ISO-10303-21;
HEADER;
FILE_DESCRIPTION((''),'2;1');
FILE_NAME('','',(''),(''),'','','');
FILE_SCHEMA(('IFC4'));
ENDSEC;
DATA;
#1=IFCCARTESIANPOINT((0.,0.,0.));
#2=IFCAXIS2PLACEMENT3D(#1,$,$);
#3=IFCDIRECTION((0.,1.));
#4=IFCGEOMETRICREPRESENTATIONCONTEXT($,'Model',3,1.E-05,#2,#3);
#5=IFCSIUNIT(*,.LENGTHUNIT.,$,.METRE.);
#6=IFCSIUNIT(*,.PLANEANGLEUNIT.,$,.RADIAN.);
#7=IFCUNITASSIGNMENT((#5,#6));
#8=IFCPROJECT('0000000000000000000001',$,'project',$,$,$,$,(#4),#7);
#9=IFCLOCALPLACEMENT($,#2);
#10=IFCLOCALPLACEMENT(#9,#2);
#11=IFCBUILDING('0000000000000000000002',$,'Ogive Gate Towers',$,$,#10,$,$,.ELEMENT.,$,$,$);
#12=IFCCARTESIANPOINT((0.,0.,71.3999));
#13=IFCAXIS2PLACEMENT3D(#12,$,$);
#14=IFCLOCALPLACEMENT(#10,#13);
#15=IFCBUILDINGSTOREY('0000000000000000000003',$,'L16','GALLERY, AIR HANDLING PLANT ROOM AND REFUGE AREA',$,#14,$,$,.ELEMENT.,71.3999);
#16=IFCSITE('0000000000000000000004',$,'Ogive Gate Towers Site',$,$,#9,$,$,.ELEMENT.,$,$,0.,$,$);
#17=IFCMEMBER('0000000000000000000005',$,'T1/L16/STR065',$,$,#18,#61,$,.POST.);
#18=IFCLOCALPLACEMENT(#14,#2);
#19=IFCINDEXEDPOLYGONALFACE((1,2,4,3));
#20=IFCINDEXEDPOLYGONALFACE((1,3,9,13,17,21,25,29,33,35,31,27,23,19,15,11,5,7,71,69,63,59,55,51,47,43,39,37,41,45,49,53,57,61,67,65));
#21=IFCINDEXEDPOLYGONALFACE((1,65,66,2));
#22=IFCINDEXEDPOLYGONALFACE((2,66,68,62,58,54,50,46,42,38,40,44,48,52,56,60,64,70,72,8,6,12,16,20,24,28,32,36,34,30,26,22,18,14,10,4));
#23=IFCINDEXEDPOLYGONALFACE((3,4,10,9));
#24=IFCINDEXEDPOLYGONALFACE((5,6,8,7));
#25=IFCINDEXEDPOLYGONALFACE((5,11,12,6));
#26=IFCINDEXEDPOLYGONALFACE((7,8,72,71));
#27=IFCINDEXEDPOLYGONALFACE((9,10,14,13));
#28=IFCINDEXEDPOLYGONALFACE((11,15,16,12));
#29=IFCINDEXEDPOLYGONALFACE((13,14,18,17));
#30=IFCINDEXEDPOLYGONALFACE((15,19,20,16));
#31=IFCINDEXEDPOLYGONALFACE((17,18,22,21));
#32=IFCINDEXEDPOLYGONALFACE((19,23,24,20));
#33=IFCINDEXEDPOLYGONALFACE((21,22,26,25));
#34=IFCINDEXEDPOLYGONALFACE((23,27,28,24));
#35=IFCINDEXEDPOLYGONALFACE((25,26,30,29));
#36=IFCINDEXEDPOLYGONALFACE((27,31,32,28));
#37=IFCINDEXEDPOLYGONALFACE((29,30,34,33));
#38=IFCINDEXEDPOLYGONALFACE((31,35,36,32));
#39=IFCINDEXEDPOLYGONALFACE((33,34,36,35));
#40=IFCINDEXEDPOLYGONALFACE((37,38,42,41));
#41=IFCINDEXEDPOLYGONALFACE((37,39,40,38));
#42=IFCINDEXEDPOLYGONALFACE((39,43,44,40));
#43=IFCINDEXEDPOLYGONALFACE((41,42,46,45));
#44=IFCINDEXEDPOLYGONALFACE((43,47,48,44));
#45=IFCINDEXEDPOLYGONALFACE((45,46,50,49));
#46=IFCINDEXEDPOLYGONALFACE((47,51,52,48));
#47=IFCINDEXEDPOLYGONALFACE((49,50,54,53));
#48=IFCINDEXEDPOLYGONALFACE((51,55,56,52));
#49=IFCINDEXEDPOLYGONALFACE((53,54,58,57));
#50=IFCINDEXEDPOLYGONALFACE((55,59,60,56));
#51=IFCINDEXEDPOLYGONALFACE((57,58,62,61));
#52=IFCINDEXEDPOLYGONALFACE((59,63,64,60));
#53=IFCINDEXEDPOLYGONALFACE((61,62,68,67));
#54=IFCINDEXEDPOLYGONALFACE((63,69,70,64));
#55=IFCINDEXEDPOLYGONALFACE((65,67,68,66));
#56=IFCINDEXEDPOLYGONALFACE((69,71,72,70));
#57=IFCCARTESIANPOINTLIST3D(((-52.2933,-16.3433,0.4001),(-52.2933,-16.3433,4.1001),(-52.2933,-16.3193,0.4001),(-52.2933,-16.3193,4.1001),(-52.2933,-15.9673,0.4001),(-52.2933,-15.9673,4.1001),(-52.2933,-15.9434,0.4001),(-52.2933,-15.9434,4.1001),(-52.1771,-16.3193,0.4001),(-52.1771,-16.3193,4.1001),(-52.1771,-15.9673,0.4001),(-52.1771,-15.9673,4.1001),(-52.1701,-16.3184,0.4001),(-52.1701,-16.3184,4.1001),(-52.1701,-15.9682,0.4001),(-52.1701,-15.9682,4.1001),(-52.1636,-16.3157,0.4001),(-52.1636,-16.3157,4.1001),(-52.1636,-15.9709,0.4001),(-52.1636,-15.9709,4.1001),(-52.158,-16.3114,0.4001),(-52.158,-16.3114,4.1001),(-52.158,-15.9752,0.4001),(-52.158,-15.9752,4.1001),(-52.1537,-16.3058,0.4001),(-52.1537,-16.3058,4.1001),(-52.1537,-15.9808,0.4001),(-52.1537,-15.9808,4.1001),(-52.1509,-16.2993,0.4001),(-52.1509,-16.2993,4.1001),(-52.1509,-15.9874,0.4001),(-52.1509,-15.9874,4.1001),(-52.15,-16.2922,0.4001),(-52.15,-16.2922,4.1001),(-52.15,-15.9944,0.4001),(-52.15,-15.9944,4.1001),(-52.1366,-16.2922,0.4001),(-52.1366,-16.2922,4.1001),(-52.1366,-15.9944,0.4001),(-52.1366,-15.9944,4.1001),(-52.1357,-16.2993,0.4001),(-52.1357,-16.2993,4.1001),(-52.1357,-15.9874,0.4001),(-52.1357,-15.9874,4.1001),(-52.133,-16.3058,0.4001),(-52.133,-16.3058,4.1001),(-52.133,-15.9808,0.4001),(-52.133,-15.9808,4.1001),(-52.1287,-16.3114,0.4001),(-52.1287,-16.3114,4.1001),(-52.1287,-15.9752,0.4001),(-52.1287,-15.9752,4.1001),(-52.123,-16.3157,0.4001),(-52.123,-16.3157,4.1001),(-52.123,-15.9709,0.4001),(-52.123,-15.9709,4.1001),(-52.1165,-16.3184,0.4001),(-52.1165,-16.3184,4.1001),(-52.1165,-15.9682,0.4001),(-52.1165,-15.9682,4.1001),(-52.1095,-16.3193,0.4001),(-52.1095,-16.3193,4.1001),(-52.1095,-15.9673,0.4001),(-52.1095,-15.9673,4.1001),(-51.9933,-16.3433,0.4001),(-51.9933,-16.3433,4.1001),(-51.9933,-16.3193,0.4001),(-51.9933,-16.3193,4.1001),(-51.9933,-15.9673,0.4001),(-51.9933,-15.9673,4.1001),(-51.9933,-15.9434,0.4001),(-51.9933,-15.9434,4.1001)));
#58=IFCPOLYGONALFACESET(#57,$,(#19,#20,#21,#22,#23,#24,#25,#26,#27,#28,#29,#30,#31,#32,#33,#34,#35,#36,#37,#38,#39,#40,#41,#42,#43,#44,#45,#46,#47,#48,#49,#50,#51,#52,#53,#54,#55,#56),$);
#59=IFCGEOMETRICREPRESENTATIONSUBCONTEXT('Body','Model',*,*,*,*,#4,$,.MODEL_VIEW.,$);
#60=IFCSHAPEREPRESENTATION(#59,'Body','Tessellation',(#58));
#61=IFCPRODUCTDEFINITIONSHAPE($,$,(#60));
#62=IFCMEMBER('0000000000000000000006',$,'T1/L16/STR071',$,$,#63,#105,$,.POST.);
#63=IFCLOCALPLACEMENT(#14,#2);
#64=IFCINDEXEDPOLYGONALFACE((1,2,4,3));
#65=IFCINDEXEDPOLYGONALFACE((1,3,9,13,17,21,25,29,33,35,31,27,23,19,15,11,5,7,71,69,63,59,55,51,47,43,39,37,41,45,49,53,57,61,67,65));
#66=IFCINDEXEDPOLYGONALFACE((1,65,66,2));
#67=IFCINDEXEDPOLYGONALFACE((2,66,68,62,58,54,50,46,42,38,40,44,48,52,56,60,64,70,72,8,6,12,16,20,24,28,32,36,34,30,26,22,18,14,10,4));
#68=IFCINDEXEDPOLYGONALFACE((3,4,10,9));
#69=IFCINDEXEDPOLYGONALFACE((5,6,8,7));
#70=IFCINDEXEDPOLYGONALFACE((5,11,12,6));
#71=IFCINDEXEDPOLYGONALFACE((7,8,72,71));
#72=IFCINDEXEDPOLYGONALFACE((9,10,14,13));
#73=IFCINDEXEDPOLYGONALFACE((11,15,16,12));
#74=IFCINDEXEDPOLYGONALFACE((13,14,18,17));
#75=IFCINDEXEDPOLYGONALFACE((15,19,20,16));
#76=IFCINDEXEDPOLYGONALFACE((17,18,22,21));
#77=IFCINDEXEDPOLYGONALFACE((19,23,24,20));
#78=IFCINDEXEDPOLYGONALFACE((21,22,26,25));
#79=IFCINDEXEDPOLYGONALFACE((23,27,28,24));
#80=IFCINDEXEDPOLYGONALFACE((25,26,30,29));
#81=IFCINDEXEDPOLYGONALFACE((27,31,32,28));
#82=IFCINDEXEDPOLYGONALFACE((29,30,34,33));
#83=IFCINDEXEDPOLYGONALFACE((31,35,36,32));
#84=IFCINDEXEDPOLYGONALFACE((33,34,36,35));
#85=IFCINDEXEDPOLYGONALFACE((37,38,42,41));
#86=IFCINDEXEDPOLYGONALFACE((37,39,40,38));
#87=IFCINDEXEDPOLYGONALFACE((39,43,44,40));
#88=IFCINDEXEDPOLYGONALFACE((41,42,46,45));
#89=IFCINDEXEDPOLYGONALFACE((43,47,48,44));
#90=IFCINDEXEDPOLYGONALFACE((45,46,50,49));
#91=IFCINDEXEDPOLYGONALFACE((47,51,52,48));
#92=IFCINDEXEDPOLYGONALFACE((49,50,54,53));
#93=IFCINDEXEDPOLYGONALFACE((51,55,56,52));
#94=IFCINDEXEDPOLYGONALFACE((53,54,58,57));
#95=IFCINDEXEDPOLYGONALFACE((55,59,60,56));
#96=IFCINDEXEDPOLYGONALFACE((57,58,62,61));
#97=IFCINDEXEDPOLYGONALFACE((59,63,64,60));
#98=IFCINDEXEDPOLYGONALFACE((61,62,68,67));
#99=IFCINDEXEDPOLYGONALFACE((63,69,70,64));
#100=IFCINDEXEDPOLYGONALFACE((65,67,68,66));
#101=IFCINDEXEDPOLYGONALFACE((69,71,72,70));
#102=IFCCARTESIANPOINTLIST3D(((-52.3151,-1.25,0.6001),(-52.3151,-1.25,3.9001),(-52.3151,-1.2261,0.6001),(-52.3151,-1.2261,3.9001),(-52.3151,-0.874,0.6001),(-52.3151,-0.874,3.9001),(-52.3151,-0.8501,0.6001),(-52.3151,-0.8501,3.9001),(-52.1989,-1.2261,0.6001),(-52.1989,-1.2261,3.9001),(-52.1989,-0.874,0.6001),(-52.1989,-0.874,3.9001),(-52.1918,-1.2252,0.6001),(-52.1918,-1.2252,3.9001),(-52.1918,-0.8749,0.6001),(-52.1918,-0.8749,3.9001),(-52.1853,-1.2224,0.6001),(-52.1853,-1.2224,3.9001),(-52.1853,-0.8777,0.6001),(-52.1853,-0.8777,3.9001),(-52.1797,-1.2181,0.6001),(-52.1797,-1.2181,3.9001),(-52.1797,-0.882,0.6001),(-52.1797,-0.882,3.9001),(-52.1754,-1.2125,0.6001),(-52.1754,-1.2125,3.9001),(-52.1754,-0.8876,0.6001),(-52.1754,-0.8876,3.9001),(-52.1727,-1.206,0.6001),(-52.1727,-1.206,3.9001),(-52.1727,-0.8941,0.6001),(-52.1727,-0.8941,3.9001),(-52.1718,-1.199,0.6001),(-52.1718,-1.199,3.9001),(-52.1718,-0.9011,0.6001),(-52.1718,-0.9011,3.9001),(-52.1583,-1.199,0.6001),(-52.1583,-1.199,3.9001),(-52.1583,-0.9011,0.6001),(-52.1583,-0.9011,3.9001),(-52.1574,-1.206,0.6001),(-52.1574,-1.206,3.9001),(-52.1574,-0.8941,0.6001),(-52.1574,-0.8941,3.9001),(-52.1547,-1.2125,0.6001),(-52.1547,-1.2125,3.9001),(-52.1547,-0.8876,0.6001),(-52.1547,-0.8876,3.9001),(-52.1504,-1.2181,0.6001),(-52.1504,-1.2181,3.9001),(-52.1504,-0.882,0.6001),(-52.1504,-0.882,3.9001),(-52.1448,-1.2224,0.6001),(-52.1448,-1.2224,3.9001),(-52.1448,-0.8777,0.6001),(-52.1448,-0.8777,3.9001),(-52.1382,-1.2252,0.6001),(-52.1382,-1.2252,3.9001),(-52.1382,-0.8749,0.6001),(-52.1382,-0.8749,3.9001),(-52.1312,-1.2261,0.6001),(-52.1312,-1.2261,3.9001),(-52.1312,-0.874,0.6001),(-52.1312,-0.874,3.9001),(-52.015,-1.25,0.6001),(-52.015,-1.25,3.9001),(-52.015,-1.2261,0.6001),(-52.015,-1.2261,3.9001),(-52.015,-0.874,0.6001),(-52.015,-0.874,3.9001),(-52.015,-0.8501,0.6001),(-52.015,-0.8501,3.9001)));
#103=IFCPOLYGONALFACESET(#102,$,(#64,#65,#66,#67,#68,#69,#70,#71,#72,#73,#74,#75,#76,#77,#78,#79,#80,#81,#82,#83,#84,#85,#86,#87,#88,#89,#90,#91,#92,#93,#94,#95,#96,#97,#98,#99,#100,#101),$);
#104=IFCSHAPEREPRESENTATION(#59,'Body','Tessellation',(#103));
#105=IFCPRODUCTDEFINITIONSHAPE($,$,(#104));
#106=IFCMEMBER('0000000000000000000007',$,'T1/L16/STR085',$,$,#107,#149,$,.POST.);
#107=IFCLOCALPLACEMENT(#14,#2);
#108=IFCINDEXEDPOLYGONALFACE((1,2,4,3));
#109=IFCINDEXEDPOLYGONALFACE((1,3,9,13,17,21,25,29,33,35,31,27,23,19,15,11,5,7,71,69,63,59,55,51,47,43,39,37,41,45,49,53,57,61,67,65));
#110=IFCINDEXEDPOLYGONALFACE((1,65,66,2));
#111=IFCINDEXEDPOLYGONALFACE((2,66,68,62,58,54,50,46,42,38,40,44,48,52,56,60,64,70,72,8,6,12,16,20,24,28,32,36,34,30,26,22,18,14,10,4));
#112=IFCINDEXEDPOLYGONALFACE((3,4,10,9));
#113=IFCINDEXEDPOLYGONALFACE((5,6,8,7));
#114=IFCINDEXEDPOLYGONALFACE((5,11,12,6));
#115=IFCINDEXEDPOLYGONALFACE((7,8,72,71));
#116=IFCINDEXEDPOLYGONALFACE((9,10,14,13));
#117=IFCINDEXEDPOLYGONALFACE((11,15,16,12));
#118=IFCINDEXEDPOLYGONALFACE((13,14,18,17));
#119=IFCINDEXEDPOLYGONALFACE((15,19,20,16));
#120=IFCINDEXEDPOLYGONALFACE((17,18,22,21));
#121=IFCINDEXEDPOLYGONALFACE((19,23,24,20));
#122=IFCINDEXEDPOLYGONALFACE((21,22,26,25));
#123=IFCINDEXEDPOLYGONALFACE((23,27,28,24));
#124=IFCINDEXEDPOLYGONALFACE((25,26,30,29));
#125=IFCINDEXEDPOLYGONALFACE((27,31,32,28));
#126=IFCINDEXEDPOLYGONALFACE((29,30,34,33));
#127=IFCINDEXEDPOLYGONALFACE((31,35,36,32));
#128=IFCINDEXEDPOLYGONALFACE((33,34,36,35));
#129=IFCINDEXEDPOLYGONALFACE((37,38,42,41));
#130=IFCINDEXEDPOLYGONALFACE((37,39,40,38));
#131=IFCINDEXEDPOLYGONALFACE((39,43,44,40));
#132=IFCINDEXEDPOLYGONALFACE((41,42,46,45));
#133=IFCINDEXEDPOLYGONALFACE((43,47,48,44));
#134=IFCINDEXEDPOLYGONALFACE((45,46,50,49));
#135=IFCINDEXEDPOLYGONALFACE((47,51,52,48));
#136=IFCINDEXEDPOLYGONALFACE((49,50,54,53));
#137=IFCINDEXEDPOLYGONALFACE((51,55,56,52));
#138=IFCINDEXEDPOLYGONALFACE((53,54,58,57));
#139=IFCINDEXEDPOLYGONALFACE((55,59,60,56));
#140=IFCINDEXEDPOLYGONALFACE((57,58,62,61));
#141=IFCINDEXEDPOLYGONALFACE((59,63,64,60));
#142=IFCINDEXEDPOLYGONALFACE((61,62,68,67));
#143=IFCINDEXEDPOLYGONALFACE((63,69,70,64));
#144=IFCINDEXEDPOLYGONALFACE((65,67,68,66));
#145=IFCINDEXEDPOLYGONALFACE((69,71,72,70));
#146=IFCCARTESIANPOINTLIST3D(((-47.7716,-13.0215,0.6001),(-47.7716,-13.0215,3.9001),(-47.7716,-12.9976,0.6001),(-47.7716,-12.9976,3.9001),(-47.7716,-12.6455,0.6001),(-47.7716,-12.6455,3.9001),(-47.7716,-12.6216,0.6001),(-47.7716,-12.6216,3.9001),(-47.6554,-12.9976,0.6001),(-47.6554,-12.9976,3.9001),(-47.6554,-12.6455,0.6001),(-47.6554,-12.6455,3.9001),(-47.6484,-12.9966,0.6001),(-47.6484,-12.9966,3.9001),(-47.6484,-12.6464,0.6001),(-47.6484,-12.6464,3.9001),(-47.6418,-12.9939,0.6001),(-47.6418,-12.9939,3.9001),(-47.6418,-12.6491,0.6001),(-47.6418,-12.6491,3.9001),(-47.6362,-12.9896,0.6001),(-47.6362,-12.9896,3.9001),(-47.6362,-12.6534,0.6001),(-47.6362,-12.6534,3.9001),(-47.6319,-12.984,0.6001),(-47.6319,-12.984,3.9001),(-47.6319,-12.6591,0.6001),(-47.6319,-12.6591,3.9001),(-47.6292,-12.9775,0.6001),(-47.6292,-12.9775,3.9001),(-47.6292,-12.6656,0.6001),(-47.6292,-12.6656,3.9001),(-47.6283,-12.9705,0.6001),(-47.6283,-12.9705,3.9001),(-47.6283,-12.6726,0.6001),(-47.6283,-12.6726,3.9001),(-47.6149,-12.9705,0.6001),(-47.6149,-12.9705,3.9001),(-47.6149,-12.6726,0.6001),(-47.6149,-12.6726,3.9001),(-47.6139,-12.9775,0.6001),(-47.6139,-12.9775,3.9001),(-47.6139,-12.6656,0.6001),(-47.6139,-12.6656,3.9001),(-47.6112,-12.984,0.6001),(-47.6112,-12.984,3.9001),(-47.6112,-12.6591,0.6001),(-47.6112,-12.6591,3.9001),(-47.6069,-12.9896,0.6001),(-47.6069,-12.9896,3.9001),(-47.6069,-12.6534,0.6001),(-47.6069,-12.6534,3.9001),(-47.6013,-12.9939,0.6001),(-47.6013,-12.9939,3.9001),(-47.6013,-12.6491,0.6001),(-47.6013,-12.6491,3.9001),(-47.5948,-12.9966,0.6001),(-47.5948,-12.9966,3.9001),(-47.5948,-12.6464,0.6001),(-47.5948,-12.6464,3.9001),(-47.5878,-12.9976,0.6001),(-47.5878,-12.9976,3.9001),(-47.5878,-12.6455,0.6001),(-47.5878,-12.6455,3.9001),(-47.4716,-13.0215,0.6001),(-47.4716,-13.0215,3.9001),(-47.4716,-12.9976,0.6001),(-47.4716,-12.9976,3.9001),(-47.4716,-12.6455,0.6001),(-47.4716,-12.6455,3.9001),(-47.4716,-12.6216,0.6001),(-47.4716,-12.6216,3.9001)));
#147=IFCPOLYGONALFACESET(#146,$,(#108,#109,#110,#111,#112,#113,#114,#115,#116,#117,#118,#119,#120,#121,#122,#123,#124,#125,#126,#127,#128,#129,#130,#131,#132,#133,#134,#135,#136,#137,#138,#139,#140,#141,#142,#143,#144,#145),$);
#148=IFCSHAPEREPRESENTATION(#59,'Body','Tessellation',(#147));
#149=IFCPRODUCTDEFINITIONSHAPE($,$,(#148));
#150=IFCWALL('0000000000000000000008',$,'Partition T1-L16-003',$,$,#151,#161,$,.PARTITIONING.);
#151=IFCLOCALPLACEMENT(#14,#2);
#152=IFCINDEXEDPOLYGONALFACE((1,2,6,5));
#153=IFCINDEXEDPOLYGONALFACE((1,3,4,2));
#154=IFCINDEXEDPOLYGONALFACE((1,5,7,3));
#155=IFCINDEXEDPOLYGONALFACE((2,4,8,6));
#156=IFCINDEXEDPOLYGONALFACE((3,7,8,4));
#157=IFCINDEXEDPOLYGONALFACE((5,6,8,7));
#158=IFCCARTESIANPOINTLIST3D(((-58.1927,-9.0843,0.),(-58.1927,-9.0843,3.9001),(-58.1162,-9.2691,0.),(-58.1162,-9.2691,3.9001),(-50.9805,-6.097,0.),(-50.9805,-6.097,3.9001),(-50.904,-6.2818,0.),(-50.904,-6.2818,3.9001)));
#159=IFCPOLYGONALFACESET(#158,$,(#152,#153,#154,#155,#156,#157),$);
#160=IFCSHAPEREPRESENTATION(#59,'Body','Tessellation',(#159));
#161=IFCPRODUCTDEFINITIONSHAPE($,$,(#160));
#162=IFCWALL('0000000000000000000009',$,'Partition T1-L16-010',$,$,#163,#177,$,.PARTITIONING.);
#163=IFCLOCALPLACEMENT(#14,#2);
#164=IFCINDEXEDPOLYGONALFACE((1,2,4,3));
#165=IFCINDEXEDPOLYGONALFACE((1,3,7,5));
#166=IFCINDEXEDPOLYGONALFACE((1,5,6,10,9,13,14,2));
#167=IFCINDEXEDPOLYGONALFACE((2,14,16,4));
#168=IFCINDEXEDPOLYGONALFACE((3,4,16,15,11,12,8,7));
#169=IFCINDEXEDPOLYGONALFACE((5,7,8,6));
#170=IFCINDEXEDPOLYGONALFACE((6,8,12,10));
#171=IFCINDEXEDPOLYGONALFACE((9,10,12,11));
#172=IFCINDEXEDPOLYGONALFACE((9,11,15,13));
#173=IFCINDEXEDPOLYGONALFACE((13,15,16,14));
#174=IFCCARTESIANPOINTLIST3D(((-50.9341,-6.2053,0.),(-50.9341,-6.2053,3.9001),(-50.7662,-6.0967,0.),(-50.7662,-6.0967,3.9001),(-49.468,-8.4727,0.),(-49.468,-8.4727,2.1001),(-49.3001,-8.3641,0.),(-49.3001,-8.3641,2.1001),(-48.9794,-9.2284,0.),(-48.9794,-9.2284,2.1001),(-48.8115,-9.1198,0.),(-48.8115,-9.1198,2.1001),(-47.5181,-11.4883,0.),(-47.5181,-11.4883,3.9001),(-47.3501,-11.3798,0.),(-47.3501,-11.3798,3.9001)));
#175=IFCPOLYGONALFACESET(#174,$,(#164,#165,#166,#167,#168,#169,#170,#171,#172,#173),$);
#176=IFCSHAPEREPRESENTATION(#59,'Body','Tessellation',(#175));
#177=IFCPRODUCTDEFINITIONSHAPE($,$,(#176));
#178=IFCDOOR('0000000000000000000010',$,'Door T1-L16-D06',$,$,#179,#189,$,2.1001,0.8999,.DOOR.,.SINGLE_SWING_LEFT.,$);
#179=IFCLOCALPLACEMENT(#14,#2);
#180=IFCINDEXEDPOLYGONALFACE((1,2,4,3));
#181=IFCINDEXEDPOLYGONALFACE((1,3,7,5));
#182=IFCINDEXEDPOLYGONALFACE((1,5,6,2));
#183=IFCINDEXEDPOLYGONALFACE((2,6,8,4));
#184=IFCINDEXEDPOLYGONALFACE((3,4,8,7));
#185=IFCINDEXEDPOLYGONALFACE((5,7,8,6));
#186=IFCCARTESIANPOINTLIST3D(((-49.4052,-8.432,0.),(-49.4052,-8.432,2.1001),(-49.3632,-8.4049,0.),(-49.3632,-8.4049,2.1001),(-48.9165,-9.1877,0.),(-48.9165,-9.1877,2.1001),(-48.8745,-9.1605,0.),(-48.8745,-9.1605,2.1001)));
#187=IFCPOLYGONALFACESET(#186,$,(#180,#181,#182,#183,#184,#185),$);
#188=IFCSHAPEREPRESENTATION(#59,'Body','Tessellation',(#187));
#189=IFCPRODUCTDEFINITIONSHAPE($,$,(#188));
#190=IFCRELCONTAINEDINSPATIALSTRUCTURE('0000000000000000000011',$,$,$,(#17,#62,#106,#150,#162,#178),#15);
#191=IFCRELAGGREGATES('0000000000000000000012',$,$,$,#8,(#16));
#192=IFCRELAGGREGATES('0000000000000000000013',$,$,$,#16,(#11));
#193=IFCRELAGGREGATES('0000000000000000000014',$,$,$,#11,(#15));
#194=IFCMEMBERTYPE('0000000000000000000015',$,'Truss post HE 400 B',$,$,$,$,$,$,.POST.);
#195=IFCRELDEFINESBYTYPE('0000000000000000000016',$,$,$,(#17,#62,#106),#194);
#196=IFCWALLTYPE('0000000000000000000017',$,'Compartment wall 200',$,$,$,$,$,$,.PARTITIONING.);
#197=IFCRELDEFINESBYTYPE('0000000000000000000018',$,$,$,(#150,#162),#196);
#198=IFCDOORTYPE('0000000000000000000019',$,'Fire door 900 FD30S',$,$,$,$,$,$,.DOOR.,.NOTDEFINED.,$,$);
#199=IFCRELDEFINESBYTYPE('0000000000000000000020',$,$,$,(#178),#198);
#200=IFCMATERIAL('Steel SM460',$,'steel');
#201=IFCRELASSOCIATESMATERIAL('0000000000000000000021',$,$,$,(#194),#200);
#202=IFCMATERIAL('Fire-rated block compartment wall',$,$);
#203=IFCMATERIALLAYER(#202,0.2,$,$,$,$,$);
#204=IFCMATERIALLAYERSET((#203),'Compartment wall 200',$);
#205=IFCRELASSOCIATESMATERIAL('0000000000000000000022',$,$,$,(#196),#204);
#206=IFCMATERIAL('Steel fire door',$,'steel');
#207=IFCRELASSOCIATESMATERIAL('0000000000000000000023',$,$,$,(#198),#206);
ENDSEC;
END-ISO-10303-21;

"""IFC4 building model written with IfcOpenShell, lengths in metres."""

from ifc_helpers import new_model, si_unit, direction, frame, frame_2d, origin, origin_2d, place, context, subcontext, project, spatial, rectangle, i_section, extrude, material, layer, layer_set, material_profile, profile_set, type_object, element, fill, save


model = new_model("IFC4")

# Units and contexts
model_context = context("Model", 3, precision=1e-05, world=origin(), true_north=direction((0.0, 1.0)))
body_context = subcontext(model_context, "Body", "Model", "MODEL_VIEW")
ifc_project = project(units=[si_unit("LENGTHUNIT", "METRE"), si_unit("PLANEANGLEUNIT", "RADIAN")], contexts=[model_context])

# Site, building, storey
site_placement = place(None, origin())
site = spatial("IfcSite", under=ifc_project, at=site_placement, Name="Ogive Gate Towers Site", CompositionType="ELEMENT", RefElevation=0.0)
building_placement = place(site_placement, origin())
building = spatial("IfcBuilding", under=site, at=building_placement, Name="Ogive Gate Towers", CompositionType="ELEMENT")
storey_placement = place(building_placement, frame((0.0, 0.0, 71.3999)))
storey = spatial("IfcBuildingStorey", under=building, at=storey_placement, Name="L16", Description="GALLERY, AIR HANDLING PLANT ROOM AND REFUGE AREA", CompositionType="ELEMENT", Elevation=71.3999)

# Shared definitions
ifc_material_1 = material(Name="Steel SM460", Category="steel")

# Members
ifc_material_profile_1 = material_profile(ifc_material_1, i_section(OverallWidth=0.3, OverallDepth=0.3999, WebThickness=0.0134, FlangeThickness=0.0239, FilletRadius=0.0271, at=origin_2d()), Name="HE 400 B")
ifc_profile_set_1 = profile_set([ifc_material_profile_1], Name="Steel SM460")
member_type_1 = type_object("IfcMemberType", Name="Truss post HE 400 B", PredefinedType="POST", material=ifc_profile_set_1)
for number, where, z_axis, x_axis, name in (
    (1, (-52.1433, -16.1433, 0.4001), (0.0, 0.0, 1.0), (1.0, 0.0, 0.0), "T1/L16/STR065"),
):
    element("IfcMember", number, at=place(storey_placement, frame(where, z_axis=z_axis, x_axis=x_axis)), inside=storey, type_object=member_type_1, Name=name, PredefinedType="POST", context=body_context, shape_type="SweptSolid", body=[
        extrude(i_section(OverallWidth=0.3, OverallDepth=0.3999, WebThickness=0.0134, FlangeThickness=0.0239, FilletRadius=0.0271, at=origin_2d()), origin(), (0.0, 0.0, 1.0), 3.7),
    ])
for number, where, z_axis, x_axis, name in (
    (2, (-52.165, -1.05, 0.6001), (0.0, 0.0, 1.0), (1.0, 0.0, 0.0), "T1/L16/STR071"),
    (3, (-47.6216, -12.8215, 0.6001), (0.0, 0.0, 1.0), (1.0, 0.0, 0.0), "T1/L16/STR085"),
):
    element("IfcMember", number, at=place(storey_placement, frame(where, z_axis=z_axis, x_axis=x_axis)), inside=storey, type_object=member_type_1, Name=name, PredefinedType="POST", context=body_context, shape_type="SweptSolid", body=[
        extrude(i_section(OverallWidth=0.3, OverallDepth=0.3999, WebThickness=0.0134, FlangeThickness=0.0239, FilletRadius=0.0271, at=origin_2d()), origin(), (0.0, 0.0, 1.0), 3.3),
    ])

# Wall
ifc_material_2 = material(Name="Fire-rated block compartment wall")
ifc_layer_1 = layer(ifc_material_2, 0.2)
ifc_layer_set_1 = layer_set([ifc_layer_1], Name="Compartment wall 200")
wall_type_1 = type_object("IfcWallType", Name="Compartment wall 200", PredefinedType="PARTITIONING", material=ifc_layer_set_1)
wall_1_placement = place(storey_placement, frame((-58.1545, -9.1768, 0.0), z_axis=(0.0, 0.0, 1.0), x_axis=(0.923883, 0.382676, 0.0)))
element("IfcWall", 4, at=wall_1_placement, inside=storey, type_object=wall_type_1, Name="Partition T1-L16-003", PredefinedType="PARTITIONING", context=body_context, shape_type="SweptSolid", body=[
    extrude(rectangle(XDim=7.8064, YDim=0.2, at=frame_2d((3.9033, 0.0))), origin(), (0.0, 0.0, 1.0), 3.9001),
])

# Wall, opening, door
wall_2_placement = place(storey_placement, frame((-50.8501, -6.1511, 0.0), z_axis=(0.0, 0.0, 1.0), x_axis=(0.542986, -0.839742, 0.0)))
wall_2 = element("IfcWall", 5, at=wall_2_placement, inside=storey, type_object=wall_type_1, Name="Partition T1-L16-010", PredefinedType="PARTITIONING", context=body_context, shape_type="SweptSolid", body=[
    extrude(rectangle(XDim=6.2913, YDim=0.2, at=frame_2d((3.1455, 0.0))), origin(), (0.0, 0.0, 1.0), 3.9001),
])
opening_1_placement = place(wall_2_placement, frame((2.7, 0.0, 0.0)))
opening_1 = element("IfcOpeningElement", 6, at=opening_1_placement, cuts=wall_2, PredefinedType="OPENING", context=body_context, shape_type="SweptSolid", body=[
    extrude(rectangle(XDim=0.8999, YDim=2.1001, at=frame_2d((0.45, 1.05))), frame((0.0, 0.1099, 0.0), z_axis=(0.0, -1.0, 0.0), x_axis=(1.0, 0.0, 0.0)), (0.0, 0.0, 1.0), 0.22),
])
ifc_material_3 = material(Name="Steel fire door", Category="steel")
door_type = type_object("IfcDoorType", Name="Fire door 900 FD30S", OperationType="NOTDEFINED", PredefinedType="DOOR", material=ifc_material_3)
door_1_placement = place(opening_1_placement, origin())
door_1 = element("IfcDoor", 7, at=door_1_placement, inside=storey, type_object=door_type, Name="Door T1-L16-D06", OperationType="SINGLE_SWING_LEFT", OverallHeight=2.1001, OverallWidth=0.8999, PredefinedType="DOOR", context=body_context, shape_type="SweptSolid", body=[
    extrude(rectangle(XDim=0.8999, YDim=2.1001, at=frame_2d((0.45, 1.05))), frame((0.0, 0.0249, 0.0), z_axis=(0.0, -1.0, 0.0), x_axis=(1.0, 0.0, 0.0)), (0.0, 0.0, 1.0), 0.05),
])
fill(opening_1, door_1)

save(model, "model.ifc")
